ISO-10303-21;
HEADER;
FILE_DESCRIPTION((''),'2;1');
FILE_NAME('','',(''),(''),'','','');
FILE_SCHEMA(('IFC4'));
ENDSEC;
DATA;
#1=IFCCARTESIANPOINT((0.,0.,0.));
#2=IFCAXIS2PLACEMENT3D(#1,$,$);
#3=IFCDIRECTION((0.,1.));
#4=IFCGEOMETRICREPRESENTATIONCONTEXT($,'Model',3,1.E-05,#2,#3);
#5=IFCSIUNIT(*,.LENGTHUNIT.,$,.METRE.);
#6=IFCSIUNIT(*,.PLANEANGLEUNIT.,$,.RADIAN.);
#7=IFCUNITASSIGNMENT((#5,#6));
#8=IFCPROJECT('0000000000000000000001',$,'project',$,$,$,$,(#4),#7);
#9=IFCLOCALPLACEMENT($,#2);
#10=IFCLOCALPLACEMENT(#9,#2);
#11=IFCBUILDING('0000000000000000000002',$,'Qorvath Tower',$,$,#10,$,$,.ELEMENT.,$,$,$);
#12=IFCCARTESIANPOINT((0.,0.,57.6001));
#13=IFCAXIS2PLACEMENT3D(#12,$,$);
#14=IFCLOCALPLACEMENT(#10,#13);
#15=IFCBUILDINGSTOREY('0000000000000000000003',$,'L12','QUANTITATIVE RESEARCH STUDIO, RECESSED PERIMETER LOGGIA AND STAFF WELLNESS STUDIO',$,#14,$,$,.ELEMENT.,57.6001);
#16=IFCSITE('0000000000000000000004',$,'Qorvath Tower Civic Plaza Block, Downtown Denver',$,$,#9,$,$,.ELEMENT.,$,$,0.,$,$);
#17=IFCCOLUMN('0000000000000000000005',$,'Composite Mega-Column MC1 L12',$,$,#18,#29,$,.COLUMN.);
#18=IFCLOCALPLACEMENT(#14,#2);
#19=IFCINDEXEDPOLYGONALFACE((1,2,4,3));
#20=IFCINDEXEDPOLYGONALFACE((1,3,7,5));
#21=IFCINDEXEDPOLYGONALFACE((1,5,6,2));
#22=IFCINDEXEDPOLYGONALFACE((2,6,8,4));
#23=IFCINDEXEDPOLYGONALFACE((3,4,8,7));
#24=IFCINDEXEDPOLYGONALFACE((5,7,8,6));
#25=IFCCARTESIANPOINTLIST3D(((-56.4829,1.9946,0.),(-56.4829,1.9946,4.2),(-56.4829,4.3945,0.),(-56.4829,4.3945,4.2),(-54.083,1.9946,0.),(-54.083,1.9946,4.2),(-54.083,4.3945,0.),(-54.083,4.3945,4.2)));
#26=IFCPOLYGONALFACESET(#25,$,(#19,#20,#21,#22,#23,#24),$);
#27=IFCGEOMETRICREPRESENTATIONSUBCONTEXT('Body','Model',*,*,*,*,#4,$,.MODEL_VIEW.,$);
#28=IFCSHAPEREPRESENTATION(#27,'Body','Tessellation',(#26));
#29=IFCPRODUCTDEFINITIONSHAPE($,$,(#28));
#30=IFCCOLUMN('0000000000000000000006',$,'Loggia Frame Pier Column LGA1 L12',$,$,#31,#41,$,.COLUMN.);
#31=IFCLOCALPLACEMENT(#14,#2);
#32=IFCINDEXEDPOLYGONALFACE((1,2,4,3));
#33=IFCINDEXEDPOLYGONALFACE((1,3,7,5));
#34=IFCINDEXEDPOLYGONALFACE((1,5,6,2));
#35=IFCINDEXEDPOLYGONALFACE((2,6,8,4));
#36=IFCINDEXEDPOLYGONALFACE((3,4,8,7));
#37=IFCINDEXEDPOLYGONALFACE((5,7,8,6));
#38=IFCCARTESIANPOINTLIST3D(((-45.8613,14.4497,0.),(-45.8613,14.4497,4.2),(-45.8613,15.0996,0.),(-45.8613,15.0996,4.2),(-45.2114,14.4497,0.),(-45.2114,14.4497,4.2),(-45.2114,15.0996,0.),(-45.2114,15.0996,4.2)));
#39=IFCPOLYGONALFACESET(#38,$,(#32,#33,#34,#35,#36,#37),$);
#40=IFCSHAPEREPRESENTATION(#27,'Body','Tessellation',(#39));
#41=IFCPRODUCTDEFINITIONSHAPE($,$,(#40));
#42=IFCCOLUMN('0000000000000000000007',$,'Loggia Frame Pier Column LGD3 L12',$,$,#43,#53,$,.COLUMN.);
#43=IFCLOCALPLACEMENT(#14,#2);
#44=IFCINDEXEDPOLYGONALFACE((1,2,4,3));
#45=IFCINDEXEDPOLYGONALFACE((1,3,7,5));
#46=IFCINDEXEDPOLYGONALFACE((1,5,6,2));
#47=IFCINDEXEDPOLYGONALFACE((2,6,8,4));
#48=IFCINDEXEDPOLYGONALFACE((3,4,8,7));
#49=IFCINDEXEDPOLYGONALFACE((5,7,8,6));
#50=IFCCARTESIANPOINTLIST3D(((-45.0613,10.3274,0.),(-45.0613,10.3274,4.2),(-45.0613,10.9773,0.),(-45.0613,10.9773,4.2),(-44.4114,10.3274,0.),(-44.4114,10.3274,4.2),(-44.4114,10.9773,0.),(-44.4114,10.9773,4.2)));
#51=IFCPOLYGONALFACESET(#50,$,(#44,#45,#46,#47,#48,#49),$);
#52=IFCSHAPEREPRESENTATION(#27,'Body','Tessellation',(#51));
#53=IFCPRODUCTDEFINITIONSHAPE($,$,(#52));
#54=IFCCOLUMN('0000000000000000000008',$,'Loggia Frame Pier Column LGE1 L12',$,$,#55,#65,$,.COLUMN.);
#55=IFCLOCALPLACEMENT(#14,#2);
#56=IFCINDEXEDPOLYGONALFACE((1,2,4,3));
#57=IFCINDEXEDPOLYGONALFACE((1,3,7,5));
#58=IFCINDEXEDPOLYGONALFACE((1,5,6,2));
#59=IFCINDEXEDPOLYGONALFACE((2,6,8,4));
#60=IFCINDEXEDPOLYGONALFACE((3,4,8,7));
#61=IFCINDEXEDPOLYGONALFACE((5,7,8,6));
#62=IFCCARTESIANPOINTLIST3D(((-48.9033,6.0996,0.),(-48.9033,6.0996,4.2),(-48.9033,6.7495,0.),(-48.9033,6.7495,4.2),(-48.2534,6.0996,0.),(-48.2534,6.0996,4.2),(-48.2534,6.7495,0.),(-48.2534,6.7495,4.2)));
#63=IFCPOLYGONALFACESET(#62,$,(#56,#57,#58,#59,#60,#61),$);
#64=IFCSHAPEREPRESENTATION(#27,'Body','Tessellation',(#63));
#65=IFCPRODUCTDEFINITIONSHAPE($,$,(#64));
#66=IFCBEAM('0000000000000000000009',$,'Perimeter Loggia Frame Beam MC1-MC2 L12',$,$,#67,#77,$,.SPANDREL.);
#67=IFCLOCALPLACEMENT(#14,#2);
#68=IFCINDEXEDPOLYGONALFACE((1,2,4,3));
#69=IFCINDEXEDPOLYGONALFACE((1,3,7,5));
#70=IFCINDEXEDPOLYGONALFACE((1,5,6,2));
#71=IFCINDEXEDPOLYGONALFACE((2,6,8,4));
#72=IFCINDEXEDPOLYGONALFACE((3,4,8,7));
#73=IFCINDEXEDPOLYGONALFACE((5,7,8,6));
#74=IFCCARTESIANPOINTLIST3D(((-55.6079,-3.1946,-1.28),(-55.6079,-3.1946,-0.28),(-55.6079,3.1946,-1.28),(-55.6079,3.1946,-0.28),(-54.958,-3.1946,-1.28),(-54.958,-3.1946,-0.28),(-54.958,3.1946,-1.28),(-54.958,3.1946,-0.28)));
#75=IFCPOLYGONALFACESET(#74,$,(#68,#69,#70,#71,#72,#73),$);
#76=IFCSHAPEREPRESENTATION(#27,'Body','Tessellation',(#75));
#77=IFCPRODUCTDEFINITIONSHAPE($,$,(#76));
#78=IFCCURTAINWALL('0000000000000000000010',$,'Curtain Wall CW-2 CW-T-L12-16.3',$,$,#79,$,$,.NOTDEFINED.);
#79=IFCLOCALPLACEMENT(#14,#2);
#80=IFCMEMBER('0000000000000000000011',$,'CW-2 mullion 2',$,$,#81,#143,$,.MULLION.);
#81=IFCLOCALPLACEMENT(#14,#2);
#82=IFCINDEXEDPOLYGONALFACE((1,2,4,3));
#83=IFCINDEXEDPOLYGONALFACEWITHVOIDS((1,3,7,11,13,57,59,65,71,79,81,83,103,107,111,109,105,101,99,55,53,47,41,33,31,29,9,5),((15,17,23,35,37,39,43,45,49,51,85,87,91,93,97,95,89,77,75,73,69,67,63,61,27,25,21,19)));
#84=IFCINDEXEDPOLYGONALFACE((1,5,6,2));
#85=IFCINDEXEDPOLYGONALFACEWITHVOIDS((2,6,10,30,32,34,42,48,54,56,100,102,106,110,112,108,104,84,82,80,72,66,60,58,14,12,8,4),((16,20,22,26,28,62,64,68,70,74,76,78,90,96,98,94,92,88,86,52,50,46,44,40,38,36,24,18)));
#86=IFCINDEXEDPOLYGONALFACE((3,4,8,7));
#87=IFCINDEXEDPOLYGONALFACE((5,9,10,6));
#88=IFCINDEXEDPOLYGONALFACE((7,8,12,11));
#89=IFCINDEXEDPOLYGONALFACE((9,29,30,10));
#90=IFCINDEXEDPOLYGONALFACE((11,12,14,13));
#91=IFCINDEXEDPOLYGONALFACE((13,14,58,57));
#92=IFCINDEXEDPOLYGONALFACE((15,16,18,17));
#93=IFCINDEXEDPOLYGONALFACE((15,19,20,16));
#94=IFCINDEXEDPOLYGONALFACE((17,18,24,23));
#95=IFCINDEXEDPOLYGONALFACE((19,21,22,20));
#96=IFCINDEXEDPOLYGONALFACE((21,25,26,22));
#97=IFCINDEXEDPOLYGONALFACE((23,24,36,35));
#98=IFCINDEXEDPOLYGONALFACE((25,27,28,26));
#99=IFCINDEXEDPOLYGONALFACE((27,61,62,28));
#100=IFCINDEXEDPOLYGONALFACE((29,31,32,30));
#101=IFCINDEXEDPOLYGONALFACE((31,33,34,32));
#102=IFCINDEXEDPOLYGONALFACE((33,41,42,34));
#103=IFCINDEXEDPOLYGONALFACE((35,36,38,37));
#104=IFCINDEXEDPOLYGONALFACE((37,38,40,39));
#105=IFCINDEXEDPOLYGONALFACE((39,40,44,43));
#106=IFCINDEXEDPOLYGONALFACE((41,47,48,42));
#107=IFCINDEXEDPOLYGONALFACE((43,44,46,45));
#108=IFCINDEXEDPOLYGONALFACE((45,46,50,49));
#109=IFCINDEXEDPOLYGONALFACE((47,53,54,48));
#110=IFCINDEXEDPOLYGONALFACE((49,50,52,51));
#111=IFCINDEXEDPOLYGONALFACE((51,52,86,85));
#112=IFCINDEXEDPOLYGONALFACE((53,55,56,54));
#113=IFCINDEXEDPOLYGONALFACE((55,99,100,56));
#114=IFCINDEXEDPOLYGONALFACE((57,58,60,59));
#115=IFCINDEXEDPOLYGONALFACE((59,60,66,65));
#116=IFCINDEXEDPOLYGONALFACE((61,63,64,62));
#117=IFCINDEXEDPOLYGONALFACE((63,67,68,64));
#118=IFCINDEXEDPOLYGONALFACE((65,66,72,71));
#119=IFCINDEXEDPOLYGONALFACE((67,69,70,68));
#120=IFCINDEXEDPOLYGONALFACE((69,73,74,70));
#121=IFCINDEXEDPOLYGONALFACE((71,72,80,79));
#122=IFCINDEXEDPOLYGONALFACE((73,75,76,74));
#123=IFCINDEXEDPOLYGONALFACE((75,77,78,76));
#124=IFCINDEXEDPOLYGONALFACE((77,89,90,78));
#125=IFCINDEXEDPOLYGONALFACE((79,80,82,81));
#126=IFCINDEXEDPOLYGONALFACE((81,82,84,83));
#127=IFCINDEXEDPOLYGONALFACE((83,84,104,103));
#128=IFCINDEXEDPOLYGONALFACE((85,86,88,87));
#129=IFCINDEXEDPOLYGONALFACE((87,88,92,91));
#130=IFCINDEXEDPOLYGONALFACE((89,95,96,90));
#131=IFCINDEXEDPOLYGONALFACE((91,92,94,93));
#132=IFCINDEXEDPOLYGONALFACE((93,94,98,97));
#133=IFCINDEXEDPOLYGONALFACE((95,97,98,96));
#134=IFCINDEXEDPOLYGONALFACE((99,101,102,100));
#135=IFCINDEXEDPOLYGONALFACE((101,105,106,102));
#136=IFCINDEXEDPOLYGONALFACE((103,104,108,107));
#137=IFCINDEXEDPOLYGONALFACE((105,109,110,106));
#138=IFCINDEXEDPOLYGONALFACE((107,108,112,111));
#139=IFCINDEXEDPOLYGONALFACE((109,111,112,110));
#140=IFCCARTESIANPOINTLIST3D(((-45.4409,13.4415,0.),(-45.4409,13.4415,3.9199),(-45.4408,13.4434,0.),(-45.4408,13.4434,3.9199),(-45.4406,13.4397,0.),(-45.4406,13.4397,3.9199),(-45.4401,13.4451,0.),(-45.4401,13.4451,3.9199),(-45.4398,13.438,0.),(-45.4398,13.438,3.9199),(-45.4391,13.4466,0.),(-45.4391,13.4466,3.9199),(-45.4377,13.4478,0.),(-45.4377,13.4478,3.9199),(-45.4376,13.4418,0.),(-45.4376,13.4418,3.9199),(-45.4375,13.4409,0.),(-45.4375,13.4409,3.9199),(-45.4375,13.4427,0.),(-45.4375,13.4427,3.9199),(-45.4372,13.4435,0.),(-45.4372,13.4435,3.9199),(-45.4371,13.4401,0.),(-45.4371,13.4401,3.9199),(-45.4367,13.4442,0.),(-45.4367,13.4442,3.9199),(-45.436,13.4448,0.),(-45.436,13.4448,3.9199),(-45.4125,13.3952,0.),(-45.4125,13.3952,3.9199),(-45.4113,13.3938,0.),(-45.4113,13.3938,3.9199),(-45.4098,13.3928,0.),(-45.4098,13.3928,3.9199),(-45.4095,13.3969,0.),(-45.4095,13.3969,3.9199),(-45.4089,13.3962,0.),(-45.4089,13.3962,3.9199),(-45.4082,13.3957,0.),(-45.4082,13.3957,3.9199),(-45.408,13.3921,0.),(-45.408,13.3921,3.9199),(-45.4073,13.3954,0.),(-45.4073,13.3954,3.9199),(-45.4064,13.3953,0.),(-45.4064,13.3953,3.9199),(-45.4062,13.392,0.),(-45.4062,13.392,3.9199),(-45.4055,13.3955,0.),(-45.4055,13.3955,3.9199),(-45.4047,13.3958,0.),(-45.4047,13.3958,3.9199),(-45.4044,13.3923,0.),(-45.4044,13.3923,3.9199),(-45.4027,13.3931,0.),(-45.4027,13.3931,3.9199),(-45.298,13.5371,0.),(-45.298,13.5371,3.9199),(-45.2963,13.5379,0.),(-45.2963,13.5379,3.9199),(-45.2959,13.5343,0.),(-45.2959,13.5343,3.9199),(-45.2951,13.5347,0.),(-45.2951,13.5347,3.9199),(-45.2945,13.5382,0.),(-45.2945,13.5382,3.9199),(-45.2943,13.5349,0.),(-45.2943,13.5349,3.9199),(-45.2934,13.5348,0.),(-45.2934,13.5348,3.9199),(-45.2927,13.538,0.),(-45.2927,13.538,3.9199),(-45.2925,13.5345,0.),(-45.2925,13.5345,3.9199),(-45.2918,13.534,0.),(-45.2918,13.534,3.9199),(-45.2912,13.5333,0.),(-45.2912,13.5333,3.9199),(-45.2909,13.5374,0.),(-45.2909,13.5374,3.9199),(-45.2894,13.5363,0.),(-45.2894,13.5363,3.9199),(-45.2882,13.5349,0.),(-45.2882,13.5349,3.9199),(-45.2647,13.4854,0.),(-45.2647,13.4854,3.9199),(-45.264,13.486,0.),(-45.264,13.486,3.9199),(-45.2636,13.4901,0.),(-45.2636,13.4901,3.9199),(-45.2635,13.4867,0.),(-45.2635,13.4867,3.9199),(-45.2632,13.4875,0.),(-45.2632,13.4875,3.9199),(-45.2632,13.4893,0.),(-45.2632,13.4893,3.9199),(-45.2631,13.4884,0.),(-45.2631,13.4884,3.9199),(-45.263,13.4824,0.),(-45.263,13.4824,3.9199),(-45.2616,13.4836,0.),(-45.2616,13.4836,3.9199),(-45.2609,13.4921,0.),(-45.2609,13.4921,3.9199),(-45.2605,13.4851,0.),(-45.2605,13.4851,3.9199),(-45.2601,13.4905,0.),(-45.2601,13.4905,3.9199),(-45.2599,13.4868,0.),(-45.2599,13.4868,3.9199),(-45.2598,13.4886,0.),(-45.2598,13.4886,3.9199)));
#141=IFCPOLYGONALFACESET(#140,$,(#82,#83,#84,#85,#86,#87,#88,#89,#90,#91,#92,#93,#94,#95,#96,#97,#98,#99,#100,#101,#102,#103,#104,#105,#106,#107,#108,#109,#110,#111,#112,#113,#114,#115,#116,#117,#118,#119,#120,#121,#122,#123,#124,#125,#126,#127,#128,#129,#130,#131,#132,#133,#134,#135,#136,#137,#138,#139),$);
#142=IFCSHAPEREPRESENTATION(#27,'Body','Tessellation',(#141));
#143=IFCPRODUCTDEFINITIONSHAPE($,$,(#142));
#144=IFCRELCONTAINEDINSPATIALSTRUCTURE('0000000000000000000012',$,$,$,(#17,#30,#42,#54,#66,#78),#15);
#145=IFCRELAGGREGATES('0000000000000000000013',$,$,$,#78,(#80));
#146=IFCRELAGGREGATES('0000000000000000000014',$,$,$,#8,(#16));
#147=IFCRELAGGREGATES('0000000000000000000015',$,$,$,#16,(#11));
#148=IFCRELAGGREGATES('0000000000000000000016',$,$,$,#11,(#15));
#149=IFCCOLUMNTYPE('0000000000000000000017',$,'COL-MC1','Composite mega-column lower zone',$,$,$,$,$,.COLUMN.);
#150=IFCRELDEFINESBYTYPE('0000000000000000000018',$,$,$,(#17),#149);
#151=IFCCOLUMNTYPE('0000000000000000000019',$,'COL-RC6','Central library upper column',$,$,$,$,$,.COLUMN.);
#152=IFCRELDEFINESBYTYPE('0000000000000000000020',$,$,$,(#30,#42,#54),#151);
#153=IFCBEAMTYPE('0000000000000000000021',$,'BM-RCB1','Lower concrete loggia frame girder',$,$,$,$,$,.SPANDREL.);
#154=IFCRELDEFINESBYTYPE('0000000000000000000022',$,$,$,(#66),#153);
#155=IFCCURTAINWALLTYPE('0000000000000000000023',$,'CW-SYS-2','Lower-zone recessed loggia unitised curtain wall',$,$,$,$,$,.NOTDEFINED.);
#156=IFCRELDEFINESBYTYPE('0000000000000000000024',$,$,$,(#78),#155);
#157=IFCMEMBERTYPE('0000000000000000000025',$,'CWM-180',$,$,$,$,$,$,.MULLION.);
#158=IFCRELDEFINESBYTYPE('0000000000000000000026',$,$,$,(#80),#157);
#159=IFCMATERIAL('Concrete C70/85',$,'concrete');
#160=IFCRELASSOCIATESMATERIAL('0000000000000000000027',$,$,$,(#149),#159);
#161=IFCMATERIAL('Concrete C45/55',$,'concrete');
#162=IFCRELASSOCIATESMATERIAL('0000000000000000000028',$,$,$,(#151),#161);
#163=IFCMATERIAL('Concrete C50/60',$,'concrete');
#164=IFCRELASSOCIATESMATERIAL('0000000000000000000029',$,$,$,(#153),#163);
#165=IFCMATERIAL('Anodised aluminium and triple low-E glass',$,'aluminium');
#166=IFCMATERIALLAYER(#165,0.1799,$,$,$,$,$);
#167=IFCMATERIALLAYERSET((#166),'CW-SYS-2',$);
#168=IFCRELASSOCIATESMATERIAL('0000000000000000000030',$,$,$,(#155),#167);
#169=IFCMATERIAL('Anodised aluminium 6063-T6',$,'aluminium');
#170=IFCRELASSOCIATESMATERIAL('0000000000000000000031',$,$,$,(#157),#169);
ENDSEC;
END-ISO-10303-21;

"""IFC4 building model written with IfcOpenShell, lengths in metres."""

from ifc_helpers import new_model, si_unit, direction, frame, origin, origin_2d, place, context, subcontext, project, spatial, rectangle, hollow_rectangle, extrude, material, layer, layer_set, material_profile, profile_set, type_object, element, aggregate, save


model = new_model("IFC4")

# Units and contexts
model_context = context("Model", 3, precision=1e-05, world=origin(), true_north=direction((0.0, 1.0)))
body_context = subcontext(model_context, "Body", "Model", "MODEL_VIEW")
ifc_project = project(units=[si_unit("LENGTHUNIT", "METRE"), si_unit("PLANEANGLEUNIT", "RADIAN")], contexts=[model_context])

# Site, building, storey
site_placement = place(None, origin())
site = spatial("IfcSite", under=ifc_project, at=site_placement, Name="Qorvath Tower Civic Plaza Block, Downtown Denver", CompositionType="ELEMENT", RefElevation=0.0)
building_placement = place(site_placement, origin())
building = spatial("IfcBuilding", under=site, at=building_placement, Name="Qorvath Tower", CompositionType="ELEMENT")
storey_placement = place(building_placement, frame((0.0, 0.0, 57.6001)))
storey = spatial("IfcBuildingStorey", under=building, at=storey_placement, Name="L12", Description="QUANTITATIVE RESEARCH STUDIO, RECESSED PERIMETER LOGGIA AND STAFF WELLNESS STUDIO", CompositionType="ELEMENT", Elevation=57.6001)

# Columns
ifc_material_1 = material(Name="Concrete C70/85", Category="concrete")
ifc_material_profile_1 = material_profile(ifc_material_1, rectangle(XDim=2.3999, YDim=2.3999, at=origin_2d()), Name="MC 2400x2400")
ifc_profile_set_1 = profile_set([ifc_material_profile_1], Name="Concrete C70/85")
column_type_1 = type_object("IfcColumnType", Name="COL-MC1", Description="Composite mega-column lower zone", PredefinedType="COLUMN", material=ifc_profile_set_1)
column_placement = place(storey_placement, frame((-55.283, 3.1946, 0.0), z_axis=(0.0, 0.0, 1.0), x_axis=(1.0, 0.0, 0.0)))
element("IfcColumn", 1, at=column_placement, inside=storey, type_object=column_type_1, Name="Composite Mega-Column MC1 L12", PredefinedType="COLUMN", context=body_context, shape_type="SweptSolid", body=[
    extrude(rectangle(XDim=2.3999, YDim=2.3999, at=origin_2d()), origin(), (0.0, 0.0, 1.0), 4.2),
])
ifc_material_2 = material(Name="Concrete C45/55", Category="concrete")
ifc_material_profile_2 = material_profile(ifc_material_2, rectangle(XDim=0.6499, YDim=0.6499, at=origin_2d()), Name="RC 650x650")
ifc_profile_set_2 = profile_set([ifc_material_profile_2], Name="Concrete C45/55")
column_type_2 = type_object("IfcColumnType", Name="COL-RC6", Description="Central library upper column", PredefinedType="COLUMN", material=ifc_profile_set_2)
for number, where, z_axis, x_axis, name in (
    (2, (-45.5364, 14.7747, 0.0), (0.0, 0.0, 1.0), (1.0, 0.0, 0.0), "Loggia Frame Pier Column LGA1 L12"),
    (3, (-44.7363, 10.6523, 0.0), (0.0, 0.0, 1.0), (1.0, 0.0, 0.0), "Loggia Frame Pier Column LGD3 L12"),
    (4, (-48.5784, 6.4246, 0.0), (0.0, 0.0, 1.0), (1.0, 0.0, 0.0), "Loggia Frame Pier Column LGE1 L12"),
):
    element("IfcColumn", number, at=place(storey_placement, frame(where, z_axis=z_axis, x_axis=x_axis)), inside=storey, type_object=column_type_2, Name=name, PredefinedType="COLUMN", context=body_context, shape_type="SweptSolid", body=[
        extrude(rectangle(XDim=0.6499, YDim=0.6499, at=origin_2d()), origin(), (0.0, 0.0, 1.0), 4.2),
    ])

# Beam
ifc_material_3 = material(Name="Concrete C50/60", Category="concrete")
ifc_material_profile_3 = material_profile(ifc_material_3, rectangle(XDim=0.6499, YDim=1.0, at=origin_2d()), Name="RCB 1000x650")
ifc_profile_set_3 = profile_set([ifc_material_profile_3], Name="Concrete C50/60")
beam_type = type_object("IfcBeamType", Name="BM-RCB1", Description="Lower concrete loggia frame girder", PredefinedType="SPANDREL", material=ifc_profile_set_3)
beam_placement = place(storey_placement, frame((-55.283, 3.1946, -0.78), z_axis=(0.0, -1.0, 0.0), x_axis=(1.0, 0.0, 0.0)))
element("IfcBeam", 5, at=beam_placement, inside=storey, type_object=beam_type, Name="Perimeter Loggia Frame Beam MC1-MC2 L12", PredefinedType="SPANDREL", context=body_context, shape_type="SweptSolid", body=[
    extrude(rectangle(XDim=0.6499, YDim=1.0, at=origin_2d()), origin(), (0.0, 0.0, 1.0), 6.3892),
])

# Curtain wall, member
ifc_material_4 = material(Name="Anodised aluminium and triple low-E glass", Category="aluminium")
ifc_layer_1 = layer(ifc_material_4, 0.1799)
ifc_layer_set_1 = layer_set([ifc_layer_1], Name="CW-SYS-2")
curtain_wall_type = type_object("IfcCurtainWallType", Name="CW-SYS-2", Description="Lower-zone recessed loggia unitised curtain wall", PredefinedType="NOTDEFINED", material=ifc_layer_set_1)
curtain_wall_placement = place(storey_placement, origin())
curtain_wall = element("IfcCurtainWall", 6, at=curtain_wall_placement, inside=storey, type_object=curtain_wall_type, Name="Curtain Wall CW-2 CW-T-L12-16.3", PredefinedType="NOTDEFINED")
ifc_material_5 = material(Name="Anodised aluminium 6063-T6", Category="aluminium")
ifc_material_profile_4 = material_profile(ifc_material_5, hollow_rectangle(XDim=0.0649, YDim=0.1799, WallThickness=0.0034, InnerFilletRadius=0.0034, OuterFilletRadius=0.0071, at=origin_2d()), Name="CWM 180x65")
ifc_profile_set_4 = profile_set([ifc_material_profile_4], Name="Anodised aluminium 6063-T6")
member_type_1 = type_object("IfcMemberType", Name="CWM-180", PredefinedType="MULLION", material=ifc_profile_set_4)
member_1_placement = place(storey_placement, frame((-45.3503, 13.4651, 0.0), z_axis=(0.0, 0.0, 1.0), x_axis=(0.53853, -0.842607, 0.0)))
member_1 = element("IfcMember", 7, at=member_1_placement, type_object=member_type_1, Name="CW-2 mullion 2", PredefinedType="MULLION", context=body_context, shape_type="SweptSolid", body=[
    extrude(hollow_rectangle(XDim=0.0649, YDim=0.1799, WallThickness=0.0034, InnerFilletRadius=0.0034, OuterFilletRadius=0.0071, at=origin_2d()), origin(), (0.0, 0.0, 1.0), 3.9199),
])
aggregate(curtain_wall, [member_1])

save(model, "model.ifc")
